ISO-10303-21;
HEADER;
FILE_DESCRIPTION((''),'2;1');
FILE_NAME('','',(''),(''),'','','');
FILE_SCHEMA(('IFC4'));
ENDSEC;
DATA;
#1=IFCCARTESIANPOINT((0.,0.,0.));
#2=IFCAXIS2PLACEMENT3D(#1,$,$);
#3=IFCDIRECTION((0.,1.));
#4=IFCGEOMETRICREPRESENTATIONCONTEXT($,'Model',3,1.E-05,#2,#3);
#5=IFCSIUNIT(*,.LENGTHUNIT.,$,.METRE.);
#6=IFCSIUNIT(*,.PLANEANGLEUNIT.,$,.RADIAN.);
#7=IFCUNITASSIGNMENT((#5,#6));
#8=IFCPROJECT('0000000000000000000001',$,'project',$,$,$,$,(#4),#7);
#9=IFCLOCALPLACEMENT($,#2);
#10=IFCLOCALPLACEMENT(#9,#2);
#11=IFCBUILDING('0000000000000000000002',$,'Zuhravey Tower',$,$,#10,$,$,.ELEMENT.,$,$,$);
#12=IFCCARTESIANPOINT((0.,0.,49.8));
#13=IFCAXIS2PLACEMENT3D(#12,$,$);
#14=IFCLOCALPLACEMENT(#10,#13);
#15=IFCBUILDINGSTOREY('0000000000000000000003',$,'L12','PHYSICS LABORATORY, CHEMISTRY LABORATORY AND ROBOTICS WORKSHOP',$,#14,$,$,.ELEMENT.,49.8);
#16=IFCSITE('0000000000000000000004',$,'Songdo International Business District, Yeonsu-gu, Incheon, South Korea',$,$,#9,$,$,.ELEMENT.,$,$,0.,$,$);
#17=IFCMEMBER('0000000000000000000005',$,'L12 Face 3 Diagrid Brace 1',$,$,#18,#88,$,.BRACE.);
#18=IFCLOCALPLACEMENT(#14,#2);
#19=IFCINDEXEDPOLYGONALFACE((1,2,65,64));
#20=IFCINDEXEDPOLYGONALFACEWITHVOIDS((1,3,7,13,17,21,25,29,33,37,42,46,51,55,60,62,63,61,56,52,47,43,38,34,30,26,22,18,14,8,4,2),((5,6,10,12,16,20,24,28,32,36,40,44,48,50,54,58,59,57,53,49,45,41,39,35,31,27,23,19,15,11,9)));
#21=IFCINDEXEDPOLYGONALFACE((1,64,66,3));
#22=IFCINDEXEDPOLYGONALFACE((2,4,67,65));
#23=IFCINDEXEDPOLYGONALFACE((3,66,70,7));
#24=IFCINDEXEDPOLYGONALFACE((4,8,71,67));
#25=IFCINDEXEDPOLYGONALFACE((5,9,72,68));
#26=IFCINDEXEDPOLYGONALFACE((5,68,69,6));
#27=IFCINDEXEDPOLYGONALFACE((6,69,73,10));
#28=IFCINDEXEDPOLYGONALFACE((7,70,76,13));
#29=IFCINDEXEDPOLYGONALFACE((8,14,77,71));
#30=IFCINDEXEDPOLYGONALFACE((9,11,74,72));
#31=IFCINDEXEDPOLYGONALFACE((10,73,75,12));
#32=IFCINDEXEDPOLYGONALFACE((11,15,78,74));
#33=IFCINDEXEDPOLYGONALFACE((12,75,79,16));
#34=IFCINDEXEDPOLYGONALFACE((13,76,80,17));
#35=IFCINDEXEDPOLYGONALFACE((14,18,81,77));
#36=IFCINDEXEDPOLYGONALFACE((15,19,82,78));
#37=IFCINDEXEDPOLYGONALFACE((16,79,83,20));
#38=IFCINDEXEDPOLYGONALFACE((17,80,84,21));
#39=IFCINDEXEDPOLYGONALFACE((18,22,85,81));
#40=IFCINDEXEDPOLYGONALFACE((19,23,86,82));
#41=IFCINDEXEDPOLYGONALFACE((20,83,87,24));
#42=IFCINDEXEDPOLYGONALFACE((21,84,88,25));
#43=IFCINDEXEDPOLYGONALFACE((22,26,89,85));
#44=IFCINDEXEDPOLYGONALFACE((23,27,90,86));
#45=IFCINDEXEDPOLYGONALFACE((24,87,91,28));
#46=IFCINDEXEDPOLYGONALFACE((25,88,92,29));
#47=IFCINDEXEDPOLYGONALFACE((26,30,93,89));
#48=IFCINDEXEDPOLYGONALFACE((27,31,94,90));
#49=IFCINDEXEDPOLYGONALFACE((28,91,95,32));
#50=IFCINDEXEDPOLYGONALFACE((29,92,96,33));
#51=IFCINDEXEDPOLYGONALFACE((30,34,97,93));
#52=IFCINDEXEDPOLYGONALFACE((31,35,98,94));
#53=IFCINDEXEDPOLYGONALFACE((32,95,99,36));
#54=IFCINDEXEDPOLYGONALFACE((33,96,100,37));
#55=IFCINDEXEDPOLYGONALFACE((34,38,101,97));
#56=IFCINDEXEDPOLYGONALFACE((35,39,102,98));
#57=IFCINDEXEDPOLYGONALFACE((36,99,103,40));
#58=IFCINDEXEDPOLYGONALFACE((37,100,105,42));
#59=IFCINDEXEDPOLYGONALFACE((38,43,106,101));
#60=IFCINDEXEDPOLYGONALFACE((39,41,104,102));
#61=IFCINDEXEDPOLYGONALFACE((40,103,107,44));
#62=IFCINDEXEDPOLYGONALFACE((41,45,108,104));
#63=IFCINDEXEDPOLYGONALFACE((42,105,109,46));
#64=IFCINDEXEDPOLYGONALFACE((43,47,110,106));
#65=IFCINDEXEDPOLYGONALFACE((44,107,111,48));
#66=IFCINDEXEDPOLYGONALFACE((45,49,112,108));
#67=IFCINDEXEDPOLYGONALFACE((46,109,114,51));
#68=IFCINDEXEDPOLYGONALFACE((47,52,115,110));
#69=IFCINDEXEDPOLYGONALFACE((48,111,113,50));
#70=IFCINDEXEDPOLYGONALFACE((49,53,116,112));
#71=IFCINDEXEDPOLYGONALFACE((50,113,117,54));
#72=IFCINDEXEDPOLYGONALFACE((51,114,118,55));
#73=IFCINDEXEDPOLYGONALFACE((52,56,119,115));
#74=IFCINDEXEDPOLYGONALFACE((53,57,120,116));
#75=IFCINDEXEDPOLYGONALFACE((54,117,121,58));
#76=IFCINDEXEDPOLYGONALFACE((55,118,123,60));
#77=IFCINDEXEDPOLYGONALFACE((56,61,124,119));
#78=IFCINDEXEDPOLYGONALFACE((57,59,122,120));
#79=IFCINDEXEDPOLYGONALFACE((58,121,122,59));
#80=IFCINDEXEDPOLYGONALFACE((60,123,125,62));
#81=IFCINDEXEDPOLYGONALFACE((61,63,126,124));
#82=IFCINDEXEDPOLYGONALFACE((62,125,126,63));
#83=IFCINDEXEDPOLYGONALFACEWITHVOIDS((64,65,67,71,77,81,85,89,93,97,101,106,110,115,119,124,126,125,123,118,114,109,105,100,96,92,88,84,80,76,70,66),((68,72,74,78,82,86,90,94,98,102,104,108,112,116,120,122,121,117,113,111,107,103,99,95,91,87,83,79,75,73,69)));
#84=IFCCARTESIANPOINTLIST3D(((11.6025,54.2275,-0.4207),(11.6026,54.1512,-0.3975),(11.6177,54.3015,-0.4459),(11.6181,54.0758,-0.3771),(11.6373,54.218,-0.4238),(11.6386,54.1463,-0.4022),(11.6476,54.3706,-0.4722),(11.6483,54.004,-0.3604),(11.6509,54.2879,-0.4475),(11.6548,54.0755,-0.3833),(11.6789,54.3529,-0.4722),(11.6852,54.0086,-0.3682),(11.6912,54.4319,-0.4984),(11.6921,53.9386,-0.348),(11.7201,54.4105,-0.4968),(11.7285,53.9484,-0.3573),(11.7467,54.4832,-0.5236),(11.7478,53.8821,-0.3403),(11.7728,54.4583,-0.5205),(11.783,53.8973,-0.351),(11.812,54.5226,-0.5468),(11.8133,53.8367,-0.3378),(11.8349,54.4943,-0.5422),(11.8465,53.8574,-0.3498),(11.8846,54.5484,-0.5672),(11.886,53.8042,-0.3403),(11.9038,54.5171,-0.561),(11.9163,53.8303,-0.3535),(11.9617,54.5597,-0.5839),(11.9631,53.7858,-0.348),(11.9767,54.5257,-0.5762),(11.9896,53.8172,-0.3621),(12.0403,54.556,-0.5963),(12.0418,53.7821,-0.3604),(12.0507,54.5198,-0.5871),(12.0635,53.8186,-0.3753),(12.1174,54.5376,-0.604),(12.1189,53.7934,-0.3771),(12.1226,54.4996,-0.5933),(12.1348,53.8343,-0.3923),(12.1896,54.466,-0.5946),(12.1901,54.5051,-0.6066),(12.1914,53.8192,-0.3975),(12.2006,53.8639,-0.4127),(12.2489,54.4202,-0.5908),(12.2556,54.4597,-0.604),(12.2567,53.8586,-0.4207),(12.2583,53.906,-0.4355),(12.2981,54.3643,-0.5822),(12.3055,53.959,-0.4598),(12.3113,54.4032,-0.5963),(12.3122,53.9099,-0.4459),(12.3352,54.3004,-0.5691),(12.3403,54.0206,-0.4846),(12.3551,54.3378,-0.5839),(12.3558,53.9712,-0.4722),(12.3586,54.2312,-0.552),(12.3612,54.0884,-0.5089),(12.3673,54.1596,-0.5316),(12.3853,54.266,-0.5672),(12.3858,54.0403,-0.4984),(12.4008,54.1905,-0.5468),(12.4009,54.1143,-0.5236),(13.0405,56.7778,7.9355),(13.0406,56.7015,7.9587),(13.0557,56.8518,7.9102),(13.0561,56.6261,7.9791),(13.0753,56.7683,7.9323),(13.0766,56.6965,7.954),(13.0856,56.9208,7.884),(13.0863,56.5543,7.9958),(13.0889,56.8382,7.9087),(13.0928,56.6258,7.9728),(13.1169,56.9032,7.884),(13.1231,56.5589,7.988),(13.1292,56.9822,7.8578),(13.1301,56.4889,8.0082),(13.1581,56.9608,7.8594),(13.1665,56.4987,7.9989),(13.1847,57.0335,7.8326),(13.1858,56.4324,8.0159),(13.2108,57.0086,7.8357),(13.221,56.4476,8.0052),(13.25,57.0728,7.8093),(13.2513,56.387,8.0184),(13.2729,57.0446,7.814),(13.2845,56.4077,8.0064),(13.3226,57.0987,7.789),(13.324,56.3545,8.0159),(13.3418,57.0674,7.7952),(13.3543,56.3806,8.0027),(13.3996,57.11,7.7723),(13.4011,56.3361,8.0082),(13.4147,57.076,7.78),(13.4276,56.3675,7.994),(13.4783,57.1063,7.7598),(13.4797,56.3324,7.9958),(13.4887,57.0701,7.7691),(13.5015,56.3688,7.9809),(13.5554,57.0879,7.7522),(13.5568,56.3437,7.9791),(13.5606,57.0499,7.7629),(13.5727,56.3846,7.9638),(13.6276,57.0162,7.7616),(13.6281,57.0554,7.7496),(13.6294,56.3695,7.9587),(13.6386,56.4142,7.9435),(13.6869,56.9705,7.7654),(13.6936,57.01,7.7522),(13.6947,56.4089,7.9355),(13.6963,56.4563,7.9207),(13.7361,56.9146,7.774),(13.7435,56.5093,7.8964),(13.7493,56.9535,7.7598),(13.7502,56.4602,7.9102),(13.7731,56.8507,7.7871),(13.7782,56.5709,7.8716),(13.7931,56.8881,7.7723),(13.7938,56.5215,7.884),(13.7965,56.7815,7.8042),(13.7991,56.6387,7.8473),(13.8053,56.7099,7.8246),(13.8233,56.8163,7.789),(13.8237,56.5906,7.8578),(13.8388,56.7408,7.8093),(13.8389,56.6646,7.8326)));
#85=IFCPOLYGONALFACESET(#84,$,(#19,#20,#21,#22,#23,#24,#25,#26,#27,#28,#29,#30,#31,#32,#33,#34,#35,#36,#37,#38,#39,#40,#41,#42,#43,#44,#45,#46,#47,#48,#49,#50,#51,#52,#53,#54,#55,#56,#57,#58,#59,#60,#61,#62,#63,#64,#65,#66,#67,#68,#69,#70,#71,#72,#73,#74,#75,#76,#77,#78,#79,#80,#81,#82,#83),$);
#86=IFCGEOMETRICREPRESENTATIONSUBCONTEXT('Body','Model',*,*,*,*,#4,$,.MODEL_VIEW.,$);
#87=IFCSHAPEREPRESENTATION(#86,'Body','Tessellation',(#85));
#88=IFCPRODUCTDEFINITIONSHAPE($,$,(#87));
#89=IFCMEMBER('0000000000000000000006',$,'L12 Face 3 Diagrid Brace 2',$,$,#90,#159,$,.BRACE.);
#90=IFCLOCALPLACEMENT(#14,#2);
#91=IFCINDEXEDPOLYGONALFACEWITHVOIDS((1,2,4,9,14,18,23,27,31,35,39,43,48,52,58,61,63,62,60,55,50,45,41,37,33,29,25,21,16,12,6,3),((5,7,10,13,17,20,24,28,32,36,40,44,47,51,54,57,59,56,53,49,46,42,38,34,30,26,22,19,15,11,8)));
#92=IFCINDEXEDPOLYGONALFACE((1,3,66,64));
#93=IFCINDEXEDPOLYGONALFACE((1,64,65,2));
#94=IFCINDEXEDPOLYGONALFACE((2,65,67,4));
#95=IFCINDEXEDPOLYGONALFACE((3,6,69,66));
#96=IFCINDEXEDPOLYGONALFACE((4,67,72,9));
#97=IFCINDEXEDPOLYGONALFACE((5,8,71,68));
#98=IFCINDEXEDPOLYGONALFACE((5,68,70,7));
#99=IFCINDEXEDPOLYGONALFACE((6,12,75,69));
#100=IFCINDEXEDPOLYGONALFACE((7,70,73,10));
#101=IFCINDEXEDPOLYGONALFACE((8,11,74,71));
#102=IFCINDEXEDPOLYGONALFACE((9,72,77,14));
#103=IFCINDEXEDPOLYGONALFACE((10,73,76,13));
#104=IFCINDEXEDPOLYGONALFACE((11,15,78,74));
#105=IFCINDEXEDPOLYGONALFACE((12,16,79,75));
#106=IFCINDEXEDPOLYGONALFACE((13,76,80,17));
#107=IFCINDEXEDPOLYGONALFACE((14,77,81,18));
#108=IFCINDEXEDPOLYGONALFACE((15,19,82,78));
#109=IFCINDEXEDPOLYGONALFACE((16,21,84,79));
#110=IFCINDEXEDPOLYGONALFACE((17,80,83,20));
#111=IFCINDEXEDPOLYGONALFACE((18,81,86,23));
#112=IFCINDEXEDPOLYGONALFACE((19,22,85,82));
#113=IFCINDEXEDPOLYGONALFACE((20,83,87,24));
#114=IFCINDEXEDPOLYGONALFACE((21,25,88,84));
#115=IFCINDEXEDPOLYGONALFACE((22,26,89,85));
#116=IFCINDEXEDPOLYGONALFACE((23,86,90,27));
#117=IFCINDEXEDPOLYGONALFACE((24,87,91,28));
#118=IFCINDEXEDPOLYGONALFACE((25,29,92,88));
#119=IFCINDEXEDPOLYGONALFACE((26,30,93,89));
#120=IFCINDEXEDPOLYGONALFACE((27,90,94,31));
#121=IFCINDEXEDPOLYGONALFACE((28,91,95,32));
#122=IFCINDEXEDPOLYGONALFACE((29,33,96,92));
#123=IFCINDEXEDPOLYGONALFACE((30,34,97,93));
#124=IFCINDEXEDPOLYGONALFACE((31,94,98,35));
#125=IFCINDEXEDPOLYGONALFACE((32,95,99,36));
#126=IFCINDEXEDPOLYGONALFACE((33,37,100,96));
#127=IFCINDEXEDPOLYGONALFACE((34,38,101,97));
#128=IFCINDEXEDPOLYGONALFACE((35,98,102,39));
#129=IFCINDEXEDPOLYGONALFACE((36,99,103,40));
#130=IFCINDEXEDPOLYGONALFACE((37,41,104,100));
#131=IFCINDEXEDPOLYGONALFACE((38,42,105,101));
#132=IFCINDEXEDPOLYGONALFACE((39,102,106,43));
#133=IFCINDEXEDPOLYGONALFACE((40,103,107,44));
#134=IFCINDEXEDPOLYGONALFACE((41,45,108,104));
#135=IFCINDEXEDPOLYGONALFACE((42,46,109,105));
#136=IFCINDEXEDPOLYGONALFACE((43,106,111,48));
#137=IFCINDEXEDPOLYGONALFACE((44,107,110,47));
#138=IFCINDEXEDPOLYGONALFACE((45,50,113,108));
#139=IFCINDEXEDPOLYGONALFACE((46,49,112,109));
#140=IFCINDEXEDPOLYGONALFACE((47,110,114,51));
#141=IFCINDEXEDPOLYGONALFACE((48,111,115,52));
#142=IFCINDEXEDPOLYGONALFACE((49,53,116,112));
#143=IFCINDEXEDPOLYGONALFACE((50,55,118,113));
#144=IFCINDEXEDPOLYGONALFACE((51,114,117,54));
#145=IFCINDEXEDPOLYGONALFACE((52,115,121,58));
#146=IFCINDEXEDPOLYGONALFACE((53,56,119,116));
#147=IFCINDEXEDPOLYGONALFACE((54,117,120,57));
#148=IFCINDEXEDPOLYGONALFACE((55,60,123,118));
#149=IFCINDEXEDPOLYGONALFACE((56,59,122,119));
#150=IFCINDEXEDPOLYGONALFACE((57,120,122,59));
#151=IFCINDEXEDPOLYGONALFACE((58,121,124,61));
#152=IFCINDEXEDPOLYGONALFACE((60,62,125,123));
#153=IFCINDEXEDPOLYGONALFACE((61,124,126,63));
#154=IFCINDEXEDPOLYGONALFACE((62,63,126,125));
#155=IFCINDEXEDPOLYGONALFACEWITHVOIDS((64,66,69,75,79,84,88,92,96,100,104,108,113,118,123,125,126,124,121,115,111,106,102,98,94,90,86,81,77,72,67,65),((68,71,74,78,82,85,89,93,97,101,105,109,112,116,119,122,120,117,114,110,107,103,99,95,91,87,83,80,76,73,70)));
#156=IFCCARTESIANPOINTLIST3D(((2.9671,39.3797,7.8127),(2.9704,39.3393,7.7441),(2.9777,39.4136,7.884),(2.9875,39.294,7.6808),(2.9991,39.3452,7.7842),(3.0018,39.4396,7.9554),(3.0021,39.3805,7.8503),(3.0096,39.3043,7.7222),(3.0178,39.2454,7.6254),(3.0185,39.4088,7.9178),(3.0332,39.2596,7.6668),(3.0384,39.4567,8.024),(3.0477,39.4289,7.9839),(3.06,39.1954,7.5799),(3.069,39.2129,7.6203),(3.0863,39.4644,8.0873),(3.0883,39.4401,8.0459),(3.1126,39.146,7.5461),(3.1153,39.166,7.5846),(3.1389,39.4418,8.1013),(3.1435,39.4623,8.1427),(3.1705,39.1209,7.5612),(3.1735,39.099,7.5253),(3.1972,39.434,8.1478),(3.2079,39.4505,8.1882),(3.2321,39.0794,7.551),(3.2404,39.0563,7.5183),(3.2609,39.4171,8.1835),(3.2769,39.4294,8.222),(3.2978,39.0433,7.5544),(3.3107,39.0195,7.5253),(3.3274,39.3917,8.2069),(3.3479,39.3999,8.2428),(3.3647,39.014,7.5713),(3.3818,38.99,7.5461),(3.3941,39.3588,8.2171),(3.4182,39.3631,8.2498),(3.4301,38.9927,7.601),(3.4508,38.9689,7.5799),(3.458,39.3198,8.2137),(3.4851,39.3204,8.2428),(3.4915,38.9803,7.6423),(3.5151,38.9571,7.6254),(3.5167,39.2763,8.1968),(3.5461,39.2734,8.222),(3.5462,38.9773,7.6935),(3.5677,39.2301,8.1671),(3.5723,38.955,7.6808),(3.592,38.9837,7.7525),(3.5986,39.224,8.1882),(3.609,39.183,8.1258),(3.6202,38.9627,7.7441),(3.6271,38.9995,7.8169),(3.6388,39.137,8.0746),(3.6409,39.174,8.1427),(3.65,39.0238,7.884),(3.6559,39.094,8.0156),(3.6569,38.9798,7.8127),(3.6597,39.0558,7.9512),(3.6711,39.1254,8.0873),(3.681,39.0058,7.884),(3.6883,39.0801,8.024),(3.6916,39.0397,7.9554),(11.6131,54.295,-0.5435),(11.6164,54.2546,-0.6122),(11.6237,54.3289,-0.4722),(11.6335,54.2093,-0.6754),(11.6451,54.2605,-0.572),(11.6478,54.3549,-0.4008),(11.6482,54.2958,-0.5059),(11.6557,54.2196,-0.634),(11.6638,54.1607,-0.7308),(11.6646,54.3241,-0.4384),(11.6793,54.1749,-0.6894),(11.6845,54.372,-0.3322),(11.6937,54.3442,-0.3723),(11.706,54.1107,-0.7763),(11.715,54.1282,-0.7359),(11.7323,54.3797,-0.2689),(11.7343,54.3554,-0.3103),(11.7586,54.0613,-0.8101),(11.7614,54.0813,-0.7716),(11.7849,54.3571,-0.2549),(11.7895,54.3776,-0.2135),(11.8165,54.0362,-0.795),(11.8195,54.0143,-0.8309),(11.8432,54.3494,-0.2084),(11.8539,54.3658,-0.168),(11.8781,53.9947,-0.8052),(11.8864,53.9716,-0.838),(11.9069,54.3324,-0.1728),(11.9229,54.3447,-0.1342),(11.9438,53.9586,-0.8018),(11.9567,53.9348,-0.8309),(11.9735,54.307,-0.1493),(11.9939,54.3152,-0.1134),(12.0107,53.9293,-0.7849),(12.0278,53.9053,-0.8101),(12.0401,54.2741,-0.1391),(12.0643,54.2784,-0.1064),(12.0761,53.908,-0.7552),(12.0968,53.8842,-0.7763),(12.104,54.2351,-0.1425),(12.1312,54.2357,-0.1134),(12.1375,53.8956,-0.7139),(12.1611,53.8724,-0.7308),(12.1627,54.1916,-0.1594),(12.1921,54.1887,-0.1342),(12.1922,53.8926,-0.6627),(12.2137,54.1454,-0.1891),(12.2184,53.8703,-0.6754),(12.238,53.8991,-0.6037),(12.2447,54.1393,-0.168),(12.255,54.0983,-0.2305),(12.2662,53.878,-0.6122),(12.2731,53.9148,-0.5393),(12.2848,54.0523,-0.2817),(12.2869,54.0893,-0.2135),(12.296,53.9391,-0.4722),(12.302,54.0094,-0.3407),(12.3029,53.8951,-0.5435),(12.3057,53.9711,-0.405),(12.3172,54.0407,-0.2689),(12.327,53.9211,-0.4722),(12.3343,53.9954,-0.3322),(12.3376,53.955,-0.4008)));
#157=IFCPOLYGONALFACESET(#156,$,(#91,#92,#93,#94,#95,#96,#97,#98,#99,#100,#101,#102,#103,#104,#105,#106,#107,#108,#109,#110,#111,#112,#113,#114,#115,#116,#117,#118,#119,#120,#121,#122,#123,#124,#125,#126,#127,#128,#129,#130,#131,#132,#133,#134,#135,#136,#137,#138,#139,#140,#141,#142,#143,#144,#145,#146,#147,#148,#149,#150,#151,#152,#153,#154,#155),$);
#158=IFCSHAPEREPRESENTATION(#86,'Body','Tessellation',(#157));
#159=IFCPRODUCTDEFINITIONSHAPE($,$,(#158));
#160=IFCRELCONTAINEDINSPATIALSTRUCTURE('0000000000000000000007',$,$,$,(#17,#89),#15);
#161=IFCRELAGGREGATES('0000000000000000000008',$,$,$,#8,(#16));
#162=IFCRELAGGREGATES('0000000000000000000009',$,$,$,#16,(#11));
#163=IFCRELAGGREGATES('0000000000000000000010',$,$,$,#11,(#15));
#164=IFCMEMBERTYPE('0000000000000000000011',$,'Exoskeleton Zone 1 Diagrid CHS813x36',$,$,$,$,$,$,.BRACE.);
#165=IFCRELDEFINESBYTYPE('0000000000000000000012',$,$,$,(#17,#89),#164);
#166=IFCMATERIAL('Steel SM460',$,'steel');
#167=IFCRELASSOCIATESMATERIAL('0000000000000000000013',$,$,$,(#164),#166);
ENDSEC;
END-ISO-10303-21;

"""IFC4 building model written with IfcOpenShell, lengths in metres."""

from ifc_helpers import new_model, si_unit, direction, frame, origin, origin_2d, place, context, subcontext, project, spatial, hollow_circle, extrude, material, material_profile, profile_set, type_object, element, save


model = new_model("IFC4")

# Units and contexts
model_context = context("Model", 3, precision=1e-05, world=origin(), true_north=direction((0.0, 1.0)))
body_context = subcontext(model_context, "Body", "Model", "MODEL_VIEW")
ifc_project = project(units=[si_unit("LENGTHUNIT", "METRE"), si_unit("PLANEANGLEUNIT", "RADIAN")], contexts=[model_context])

# Site, building, storey
site_placement = place(None, origin())
site = spatial("IfcSite", under=ifc_project, at=site_placement, Name="Songdo International Business District, Yeonsu-gu, Incheon, South Korea", CompositionType="ELEMENT", RefElevation=0.0)
building_placement = place(site_placement, origin())
building = spatial("IfcBuilding", under=site, at=building_placement, Name="Zuhravey Tower", CompositionType="ELEMENT")
storey_placement = place(building_placement, frame((0.0, 0.0, 49.8)))
storey = spatial("IfcBuildingStorey", under=building, at=storey_placement, Name="L12", Description="PHYSICS LABORATORY, CHEMISTRY LABORATORY AND ROBOTICS WORKSHOP", CompositionType="ELEMENT", Elevation=49.8)

# Members
ifc_material_1 = material(Name="Steel SM460", Category="steel")
ifc_material_profile_1 = material_profile(ifc_material_1, hollow_circle(Radius=0.4065, WallThickness=0.0359, at=origin_2d()), Name="CHS-812.8x36")
ifc_profile_set_1 = profile_set([ifc_material_profile_1], Name="Steel SM460")
member_type_1 = type_object("IfcMemberType", Name="Exoskeleton Zone 1 Diagrid CHS813x36", PredefinedType="BRACE", material=ifc_profile_set_1)
member_1_placement = place(storey_placement, frame((12.0017, 54.1709, -0.4722), z_axis=(0.162406, 0.28803, 0.943749), x_axis=(-0.871072, 0.491156, 0.0)))
element("IfcMember", 1, at=member_1_placement, inside=storey, type_object=member_type_1, Name="L12 Face 3 Diagrid Brace 1", PredefinedType="BRACE", context=body_context, shape_type="SweptSolid", body=[
    extrude(hollow_circle(Radius=0.4065, WallThickness=0.0359, at=origin_2d()), origin(), (0.0, 0.0, 1.0), 8.8542),
])
member_2_placement = place(storey_placement, frame((11.9753, 54.125, -0.4722), z_axis=(-0.45129, -0.778524, 0.436163), x_axis=(0.865154, -0.501507, 0.0)))
element("IfcMember", 2, at=member_2_placement, inside=storey, type_object=member_type_1, Name="L12 Face 3 Diagrid Brace 2", PredefinedType="BRACE", context=body_context, shape_type="SweptSolid", body=[
    extrude(hollow_circle(Radius=0.4065, WallThickness=0.0359, at=origin_2d()), origin(), (0.0, 0.0, 1.0), 19.1584),
])

save(model, "model.ifc")
